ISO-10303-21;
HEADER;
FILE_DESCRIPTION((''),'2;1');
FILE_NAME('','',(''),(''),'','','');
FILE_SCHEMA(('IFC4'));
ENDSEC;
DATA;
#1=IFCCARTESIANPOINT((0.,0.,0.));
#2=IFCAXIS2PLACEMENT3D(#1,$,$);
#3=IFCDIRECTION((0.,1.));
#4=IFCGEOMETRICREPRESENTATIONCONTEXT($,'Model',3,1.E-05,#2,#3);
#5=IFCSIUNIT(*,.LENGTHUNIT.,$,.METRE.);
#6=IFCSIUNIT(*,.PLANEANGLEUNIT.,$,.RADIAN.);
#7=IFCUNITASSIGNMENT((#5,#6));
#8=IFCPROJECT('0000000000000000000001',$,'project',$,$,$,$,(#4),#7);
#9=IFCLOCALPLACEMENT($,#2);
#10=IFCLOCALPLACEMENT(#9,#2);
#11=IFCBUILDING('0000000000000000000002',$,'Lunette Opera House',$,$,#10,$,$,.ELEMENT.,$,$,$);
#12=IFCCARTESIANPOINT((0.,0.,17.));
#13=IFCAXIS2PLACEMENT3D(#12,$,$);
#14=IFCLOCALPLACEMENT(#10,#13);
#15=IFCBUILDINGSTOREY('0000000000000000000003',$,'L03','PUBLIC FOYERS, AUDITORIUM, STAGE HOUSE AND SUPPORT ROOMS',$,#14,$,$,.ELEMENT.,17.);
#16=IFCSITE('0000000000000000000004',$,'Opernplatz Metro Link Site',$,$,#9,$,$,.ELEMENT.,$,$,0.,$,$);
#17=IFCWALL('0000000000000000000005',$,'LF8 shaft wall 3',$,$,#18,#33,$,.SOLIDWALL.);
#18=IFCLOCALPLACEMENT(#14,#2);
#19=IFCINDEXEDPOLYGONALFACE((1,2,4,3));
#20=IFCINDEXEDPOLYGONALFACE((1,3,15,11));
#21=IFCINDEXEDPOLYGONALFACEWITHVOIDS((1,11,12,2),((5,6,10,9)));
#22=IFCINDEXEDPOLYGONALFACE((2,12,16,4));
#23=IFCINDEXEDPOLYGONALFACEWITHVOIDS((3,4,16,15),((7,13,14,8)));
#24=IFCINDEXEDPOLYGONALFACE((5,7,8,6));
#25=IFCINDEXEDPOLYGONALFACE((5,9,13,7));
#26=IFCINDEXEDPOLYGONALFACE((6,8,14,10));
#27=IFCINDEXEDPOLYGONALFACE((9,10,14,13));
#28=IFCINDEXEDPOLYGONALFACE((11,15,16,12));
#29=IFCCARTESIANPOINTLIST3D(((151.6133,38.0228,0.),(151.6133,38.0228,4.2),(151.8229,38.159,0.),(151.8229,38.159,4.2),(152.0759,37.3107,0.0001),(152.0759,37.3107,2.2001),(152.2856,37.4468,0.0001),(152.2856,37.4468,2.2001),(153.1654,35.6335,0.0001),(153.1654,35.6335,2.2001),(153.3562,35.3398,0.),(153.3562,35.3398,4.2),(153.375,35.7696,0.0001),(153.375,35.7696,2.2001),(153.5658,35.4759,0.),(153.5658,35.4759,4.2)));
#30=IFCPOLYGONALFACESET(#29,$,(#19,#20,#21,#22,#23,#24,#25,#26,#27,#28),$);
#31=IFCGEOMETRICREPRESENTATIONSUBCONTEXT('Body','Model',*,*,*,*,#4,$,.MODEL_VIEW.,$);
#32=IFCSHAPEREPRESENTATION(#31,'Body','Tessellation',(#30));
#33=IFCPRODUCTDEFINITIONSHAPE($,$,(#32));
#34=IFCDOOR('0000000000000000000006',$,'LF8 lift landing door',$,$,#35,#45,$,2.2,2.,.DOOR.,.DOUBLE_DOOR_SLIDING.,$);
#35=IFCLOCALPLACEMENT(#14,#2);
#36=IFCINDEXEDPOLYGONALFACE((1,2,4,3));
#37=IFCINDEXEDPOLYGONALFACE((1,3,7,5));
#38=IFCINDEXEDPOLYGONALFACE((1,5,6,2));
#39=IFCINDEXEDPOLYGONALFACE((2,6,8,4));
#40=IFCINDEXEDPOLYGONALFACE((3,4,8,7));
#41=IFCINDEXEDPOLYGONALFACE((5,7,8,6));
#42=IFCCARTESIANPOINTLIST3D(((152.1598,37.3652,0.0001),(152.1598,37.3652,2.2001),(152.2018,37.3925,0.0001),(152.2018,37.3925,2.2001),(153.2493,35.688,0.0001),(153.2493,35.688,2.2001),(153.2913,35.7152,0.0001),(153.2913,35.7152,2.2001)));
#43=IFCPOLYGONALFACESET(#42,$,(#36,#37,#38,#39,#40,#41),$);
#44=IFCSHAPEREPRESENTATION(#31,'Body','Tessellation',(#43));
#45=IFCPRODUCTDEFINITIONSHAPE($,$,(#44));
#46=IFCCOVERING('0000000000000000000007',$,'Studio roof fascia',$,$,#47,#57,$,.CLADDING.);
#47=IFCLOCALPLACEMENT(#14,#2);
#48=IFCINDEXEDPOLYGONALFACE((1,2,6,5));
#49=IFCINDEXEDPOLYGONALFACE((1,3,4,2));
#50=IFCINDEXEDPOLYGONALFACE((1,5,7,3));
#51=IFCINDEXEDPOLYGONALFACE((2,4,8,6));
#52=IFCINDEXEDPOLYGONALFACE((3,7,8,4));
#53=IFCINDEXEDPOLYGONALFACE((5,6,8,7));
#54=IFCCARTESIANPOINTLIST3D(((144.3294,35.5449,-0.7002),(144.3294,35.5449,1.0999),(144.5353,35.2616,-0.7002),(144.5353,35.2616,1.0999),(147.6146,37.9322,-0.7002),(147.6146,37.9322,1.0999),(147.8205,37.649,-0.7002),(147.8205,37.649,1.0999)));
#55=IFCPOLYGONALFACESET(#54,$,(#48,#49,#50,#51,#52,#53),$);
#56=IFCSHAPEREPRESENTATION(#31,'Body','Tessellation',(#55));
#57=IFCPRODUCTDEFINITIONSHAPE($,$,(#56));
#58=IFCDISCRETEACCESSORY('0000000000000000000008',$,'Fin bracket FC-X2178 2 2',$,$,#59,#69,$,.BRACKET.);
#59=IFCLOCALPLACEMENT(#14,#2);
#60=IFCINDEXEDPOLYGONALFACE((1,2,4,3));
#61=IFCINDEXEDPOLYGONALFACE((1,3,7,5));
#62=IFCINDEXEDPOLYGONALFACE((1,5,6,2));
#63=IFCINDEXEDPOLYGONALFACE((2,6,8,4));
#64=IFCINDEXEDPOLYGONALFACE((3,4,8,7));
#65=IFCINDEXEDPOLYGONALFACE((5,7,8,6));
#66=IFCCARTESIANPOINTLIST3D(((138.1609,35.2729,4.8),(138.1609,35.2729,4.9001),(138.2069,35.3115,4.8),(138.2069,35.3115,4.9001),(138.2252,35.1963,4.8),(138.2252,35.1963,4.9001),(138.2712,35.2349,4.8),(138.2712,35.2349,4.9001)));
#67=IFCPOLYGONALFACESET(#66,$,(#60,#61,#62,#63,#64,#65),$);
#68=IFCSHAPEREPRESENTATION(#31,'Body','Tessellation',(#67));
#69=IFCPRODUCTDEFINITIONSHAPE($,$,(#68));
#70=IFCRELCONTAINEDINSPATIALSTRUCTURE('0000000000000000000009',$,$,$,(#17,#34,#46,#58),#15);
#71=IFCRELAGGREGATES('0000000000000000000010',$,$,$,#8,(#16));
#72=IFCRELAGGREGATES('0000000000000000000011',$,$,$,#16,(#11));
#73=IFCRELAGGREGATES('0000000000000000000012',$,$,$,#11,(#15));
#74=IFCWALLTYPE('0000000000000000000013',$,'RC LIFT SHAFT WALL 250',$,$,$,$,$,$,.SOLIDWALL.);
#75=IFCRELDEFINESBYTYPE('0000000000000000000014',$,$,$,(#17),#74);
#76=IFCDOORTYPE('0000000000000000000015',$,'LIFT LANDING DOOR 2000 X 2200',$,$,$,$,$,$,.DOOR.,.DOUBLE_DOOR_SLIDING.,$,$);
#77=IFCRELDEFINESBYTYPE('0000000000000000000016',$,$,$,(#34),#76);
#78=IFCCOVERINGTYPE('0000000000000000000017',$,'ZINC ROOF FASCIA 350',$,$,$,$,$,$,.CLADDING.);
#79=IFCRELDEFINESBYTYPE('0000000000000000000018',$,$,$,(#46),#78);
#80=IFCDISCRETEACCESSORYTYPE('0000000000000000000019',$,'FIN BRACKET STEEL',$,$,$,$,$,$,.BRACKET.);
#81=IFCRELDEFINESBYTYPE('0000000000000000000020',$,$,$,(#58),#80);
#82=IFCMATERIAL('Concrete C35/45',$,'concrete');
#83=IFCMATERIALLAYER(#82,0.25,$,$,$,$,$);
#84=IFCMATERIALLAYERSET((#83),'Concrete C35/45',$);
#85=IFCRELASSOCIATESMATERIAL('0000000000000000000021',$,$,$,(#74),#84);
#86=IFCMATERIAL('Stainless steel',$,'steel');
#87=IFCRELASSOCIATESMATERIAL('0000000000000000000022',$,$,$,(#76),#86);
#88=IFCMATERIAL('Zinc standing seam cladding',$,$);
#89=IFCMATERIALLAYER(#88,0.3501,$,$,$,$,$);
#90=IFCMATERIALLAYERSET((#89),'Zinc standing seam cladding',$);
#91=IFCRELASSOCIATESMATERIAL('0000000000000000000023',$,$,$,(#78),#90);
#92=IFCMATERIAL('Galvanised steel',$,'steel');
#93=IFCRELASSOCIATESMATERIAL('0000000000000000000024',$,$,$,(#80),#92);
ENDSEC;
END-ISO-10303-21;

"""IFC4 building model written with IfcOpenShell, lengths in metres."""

from ifc_helpers import new_model, si_unit, direction, frame, frame_2d, origin, origin_2d, place, context, subcontext, project, spatial, rectangle, extrude, material, layer, layer_set, type_object, element, fill, save


model = new_model("IFC4")

# Units and contexts
model_context = context("Model", 3, precision=1e-05, world=origin(), true_north=direction((0.0, 1.0)))
body_context = subcontext(model_context, "Body", "Model", "MODEL_VIEW")
ifc_project = project(units=[si_unit("LENGTHUNIT", "METRE"), si_unit("PLANEANGLEUNIT", "RADIAN")], contexts=[model_context])

# Site, building, storey
site_placement = place(None, origin())
site = spatial("IfcSite", under=ifc_project, at=site_placement, Name="Opernplatz Metro Link Site", CompositionType="ELEMENT", RefElevation=0.0)
building_placement = place(site_placement, origin())
building = spatial("IfcBuilding", under=site, at=building_placement, Name="Lunette Opera House", CompositionType="ELEMENT")
storey_placement = place(building_placement, frame((0.0, 0.0, 17.0)))
storey = spatial("IfcBuildingStorey", under=building, at=storey_placement, Name="L03", Description="PUBLIC FOYERS, AUDITORIUM, STAGE HOUSE AND SUPPORT ROOMS", CompositionType="ELEMENT", Elevation=17.0)

# Shared definitions
ifc_material_1 = material(Name="Concrete C35/45", Category="concrete")
ifc_layer_1 = layer(ifc_material_1, 0.25)
ifc_layer_set_1 = layer_set([ifc_layer_1], Name="Concrete C35/45")
wall_type_1 = type_object("IfcWallType", Name="RC LIFT SHAFT WALL 250", PredefinedType="SOLIDWALL", material=ifc_layer_set_1)

# Wall, opening, door
wall_1_placement = place(storey_placement, frame((153.4609, 35.408, 0.0), z_axis=(0.0, 0.0, 1.0), x_axis=(-0.544747, 0.8386, 0.0)))
wall_1 = element("IfcWall", 1, at=wall_1_placement, inside=storey, type_object=wall_type_1, Name="LF8 shaft wall 3", PredefinedType="SOLIDWALL", context=body_context, shape_type="SweptSolid", body=[
    extrude(rectangle(XDim=3.1995, YDim=0.25, at=frame_2d((1.5996, 0.0))), origin(), (0.0, 0.0, 1.0), 4.2),
])
opening_placement = place(wall_1_placement, frame((0.3501, 0.0, 0.0)))
opening = element("IfcOpeningElement", 2, at=opening_placement, cuts=wall_1, PredefinedType="OPENING", context=body_context, shape_type="SweptSolid", body=[
    extrude(rectangle(XDim=2.0, YDim=2.2, at=frame_2d((1.0, 1.1001))), frame((0.0, 0.137, 0.0), z_axis=(0.0, -1.0, 0.0), x_axis=(1.0, 0.0, 0.0)), (0.0, 0.0, 1.0), 0.2739),
])
ifc_material_2 = material(Name="Stainless steel", Category="steel")
door_type = type_object("IfcDoorType", Name="LIFT LANDING DOOR 2000 X 2200", OperationType="DOUBLE_DOOR_SLIDING", PredefinedType="DOOR", material=ifc_material_2)
door_placement = place(opening_placement, origin())
door = element("IfcDoor", 3, at=door_placement, inside=storey, type_object=door_type, Name="LF8 lift landing door", OperationType="DOUBLE_DOOR_SLIDING", OverallHeight=2.2, OverallWidth=2.0, PredefinedType="DOOR", context=body_context, shape_type="SweptSolid", body=[
    extrude(rectangle(XDim=2.0, YDim=2.2, at=frame_2d((1.0, 1.1001))), frame((0.0, 0.0249, 0.0), z_axis=(0.0, -1.0, 0.0), x_axis=(1.0, 0.0, 0.0)), (0.0, 0.0, 1.0), 0.05),
])
fill(opening, door)

# Covering
ifc_material_3 = material(Name="Zinc standing seam cladding")
ifc_layer_2 = layer(ifc_material_3, 0.3501)
ifc_layer_set_2 = layer_set([ifc_layer_2], Name="Zinc standing seam cladding")
covering_type = type_object("IfcCoveringType", Name="ZINC ROOF FASCIA 350", PredefinedType="CLADDING", material=ifc_layer_set_2)
covering_placement = place(storey_placement, frame((146.075, 36.5969, -0.7002), z_axis=(0.0, 0.0, 1.0), x_axis=(-0.808956, -0.587869, 0.0)))
element("IfcCovering", 4, at=covering_placement, inside=storey, type_object=covering_type, Name="Studio roof fascia", PredefinedType="CLADDING", context=body_context, shape_type="SweptSolid", body=[
    extrude(rectangle(XDim=4.061, YDim=0.3501, at=origin_2d()), origin(), (0.0, 0.0, 1.0), 1.8),
])

# Discrete accessory
ifc_material_4 = material(Name="Galvanised steel", Category="steel")
discrete_accessory_type = type_object("IfcDiscreteAccessoryType", Name="FIN BRACKET STEEL", PredefinedType="BRACKET", material=ifc_material_4)
discrete_accessory_placement = place(storey_placement, frame((138.2161, 35.2539, 4.8), z_axis=(0.0, 0.0, 1.0), x_axis=(0.64284, -0.766001, 0.0)))
element("IfcDiscreteAccessory", 5, at=discrete_accessory_placement, inside=storey, type_object=discrete_accessory_type, Name="Fin bracket FC-X2178 2 2", PredefinedType="BRACKET", context=body_context, shape_type="SweptSolid", body=[
    extrude(rectangle(XDim=0.1001, YDim=0.0601, at=origin_2d()), origin(), (0.0, 0.0, 1.0), 0.1001),
])

save(model, "model.ifc")
